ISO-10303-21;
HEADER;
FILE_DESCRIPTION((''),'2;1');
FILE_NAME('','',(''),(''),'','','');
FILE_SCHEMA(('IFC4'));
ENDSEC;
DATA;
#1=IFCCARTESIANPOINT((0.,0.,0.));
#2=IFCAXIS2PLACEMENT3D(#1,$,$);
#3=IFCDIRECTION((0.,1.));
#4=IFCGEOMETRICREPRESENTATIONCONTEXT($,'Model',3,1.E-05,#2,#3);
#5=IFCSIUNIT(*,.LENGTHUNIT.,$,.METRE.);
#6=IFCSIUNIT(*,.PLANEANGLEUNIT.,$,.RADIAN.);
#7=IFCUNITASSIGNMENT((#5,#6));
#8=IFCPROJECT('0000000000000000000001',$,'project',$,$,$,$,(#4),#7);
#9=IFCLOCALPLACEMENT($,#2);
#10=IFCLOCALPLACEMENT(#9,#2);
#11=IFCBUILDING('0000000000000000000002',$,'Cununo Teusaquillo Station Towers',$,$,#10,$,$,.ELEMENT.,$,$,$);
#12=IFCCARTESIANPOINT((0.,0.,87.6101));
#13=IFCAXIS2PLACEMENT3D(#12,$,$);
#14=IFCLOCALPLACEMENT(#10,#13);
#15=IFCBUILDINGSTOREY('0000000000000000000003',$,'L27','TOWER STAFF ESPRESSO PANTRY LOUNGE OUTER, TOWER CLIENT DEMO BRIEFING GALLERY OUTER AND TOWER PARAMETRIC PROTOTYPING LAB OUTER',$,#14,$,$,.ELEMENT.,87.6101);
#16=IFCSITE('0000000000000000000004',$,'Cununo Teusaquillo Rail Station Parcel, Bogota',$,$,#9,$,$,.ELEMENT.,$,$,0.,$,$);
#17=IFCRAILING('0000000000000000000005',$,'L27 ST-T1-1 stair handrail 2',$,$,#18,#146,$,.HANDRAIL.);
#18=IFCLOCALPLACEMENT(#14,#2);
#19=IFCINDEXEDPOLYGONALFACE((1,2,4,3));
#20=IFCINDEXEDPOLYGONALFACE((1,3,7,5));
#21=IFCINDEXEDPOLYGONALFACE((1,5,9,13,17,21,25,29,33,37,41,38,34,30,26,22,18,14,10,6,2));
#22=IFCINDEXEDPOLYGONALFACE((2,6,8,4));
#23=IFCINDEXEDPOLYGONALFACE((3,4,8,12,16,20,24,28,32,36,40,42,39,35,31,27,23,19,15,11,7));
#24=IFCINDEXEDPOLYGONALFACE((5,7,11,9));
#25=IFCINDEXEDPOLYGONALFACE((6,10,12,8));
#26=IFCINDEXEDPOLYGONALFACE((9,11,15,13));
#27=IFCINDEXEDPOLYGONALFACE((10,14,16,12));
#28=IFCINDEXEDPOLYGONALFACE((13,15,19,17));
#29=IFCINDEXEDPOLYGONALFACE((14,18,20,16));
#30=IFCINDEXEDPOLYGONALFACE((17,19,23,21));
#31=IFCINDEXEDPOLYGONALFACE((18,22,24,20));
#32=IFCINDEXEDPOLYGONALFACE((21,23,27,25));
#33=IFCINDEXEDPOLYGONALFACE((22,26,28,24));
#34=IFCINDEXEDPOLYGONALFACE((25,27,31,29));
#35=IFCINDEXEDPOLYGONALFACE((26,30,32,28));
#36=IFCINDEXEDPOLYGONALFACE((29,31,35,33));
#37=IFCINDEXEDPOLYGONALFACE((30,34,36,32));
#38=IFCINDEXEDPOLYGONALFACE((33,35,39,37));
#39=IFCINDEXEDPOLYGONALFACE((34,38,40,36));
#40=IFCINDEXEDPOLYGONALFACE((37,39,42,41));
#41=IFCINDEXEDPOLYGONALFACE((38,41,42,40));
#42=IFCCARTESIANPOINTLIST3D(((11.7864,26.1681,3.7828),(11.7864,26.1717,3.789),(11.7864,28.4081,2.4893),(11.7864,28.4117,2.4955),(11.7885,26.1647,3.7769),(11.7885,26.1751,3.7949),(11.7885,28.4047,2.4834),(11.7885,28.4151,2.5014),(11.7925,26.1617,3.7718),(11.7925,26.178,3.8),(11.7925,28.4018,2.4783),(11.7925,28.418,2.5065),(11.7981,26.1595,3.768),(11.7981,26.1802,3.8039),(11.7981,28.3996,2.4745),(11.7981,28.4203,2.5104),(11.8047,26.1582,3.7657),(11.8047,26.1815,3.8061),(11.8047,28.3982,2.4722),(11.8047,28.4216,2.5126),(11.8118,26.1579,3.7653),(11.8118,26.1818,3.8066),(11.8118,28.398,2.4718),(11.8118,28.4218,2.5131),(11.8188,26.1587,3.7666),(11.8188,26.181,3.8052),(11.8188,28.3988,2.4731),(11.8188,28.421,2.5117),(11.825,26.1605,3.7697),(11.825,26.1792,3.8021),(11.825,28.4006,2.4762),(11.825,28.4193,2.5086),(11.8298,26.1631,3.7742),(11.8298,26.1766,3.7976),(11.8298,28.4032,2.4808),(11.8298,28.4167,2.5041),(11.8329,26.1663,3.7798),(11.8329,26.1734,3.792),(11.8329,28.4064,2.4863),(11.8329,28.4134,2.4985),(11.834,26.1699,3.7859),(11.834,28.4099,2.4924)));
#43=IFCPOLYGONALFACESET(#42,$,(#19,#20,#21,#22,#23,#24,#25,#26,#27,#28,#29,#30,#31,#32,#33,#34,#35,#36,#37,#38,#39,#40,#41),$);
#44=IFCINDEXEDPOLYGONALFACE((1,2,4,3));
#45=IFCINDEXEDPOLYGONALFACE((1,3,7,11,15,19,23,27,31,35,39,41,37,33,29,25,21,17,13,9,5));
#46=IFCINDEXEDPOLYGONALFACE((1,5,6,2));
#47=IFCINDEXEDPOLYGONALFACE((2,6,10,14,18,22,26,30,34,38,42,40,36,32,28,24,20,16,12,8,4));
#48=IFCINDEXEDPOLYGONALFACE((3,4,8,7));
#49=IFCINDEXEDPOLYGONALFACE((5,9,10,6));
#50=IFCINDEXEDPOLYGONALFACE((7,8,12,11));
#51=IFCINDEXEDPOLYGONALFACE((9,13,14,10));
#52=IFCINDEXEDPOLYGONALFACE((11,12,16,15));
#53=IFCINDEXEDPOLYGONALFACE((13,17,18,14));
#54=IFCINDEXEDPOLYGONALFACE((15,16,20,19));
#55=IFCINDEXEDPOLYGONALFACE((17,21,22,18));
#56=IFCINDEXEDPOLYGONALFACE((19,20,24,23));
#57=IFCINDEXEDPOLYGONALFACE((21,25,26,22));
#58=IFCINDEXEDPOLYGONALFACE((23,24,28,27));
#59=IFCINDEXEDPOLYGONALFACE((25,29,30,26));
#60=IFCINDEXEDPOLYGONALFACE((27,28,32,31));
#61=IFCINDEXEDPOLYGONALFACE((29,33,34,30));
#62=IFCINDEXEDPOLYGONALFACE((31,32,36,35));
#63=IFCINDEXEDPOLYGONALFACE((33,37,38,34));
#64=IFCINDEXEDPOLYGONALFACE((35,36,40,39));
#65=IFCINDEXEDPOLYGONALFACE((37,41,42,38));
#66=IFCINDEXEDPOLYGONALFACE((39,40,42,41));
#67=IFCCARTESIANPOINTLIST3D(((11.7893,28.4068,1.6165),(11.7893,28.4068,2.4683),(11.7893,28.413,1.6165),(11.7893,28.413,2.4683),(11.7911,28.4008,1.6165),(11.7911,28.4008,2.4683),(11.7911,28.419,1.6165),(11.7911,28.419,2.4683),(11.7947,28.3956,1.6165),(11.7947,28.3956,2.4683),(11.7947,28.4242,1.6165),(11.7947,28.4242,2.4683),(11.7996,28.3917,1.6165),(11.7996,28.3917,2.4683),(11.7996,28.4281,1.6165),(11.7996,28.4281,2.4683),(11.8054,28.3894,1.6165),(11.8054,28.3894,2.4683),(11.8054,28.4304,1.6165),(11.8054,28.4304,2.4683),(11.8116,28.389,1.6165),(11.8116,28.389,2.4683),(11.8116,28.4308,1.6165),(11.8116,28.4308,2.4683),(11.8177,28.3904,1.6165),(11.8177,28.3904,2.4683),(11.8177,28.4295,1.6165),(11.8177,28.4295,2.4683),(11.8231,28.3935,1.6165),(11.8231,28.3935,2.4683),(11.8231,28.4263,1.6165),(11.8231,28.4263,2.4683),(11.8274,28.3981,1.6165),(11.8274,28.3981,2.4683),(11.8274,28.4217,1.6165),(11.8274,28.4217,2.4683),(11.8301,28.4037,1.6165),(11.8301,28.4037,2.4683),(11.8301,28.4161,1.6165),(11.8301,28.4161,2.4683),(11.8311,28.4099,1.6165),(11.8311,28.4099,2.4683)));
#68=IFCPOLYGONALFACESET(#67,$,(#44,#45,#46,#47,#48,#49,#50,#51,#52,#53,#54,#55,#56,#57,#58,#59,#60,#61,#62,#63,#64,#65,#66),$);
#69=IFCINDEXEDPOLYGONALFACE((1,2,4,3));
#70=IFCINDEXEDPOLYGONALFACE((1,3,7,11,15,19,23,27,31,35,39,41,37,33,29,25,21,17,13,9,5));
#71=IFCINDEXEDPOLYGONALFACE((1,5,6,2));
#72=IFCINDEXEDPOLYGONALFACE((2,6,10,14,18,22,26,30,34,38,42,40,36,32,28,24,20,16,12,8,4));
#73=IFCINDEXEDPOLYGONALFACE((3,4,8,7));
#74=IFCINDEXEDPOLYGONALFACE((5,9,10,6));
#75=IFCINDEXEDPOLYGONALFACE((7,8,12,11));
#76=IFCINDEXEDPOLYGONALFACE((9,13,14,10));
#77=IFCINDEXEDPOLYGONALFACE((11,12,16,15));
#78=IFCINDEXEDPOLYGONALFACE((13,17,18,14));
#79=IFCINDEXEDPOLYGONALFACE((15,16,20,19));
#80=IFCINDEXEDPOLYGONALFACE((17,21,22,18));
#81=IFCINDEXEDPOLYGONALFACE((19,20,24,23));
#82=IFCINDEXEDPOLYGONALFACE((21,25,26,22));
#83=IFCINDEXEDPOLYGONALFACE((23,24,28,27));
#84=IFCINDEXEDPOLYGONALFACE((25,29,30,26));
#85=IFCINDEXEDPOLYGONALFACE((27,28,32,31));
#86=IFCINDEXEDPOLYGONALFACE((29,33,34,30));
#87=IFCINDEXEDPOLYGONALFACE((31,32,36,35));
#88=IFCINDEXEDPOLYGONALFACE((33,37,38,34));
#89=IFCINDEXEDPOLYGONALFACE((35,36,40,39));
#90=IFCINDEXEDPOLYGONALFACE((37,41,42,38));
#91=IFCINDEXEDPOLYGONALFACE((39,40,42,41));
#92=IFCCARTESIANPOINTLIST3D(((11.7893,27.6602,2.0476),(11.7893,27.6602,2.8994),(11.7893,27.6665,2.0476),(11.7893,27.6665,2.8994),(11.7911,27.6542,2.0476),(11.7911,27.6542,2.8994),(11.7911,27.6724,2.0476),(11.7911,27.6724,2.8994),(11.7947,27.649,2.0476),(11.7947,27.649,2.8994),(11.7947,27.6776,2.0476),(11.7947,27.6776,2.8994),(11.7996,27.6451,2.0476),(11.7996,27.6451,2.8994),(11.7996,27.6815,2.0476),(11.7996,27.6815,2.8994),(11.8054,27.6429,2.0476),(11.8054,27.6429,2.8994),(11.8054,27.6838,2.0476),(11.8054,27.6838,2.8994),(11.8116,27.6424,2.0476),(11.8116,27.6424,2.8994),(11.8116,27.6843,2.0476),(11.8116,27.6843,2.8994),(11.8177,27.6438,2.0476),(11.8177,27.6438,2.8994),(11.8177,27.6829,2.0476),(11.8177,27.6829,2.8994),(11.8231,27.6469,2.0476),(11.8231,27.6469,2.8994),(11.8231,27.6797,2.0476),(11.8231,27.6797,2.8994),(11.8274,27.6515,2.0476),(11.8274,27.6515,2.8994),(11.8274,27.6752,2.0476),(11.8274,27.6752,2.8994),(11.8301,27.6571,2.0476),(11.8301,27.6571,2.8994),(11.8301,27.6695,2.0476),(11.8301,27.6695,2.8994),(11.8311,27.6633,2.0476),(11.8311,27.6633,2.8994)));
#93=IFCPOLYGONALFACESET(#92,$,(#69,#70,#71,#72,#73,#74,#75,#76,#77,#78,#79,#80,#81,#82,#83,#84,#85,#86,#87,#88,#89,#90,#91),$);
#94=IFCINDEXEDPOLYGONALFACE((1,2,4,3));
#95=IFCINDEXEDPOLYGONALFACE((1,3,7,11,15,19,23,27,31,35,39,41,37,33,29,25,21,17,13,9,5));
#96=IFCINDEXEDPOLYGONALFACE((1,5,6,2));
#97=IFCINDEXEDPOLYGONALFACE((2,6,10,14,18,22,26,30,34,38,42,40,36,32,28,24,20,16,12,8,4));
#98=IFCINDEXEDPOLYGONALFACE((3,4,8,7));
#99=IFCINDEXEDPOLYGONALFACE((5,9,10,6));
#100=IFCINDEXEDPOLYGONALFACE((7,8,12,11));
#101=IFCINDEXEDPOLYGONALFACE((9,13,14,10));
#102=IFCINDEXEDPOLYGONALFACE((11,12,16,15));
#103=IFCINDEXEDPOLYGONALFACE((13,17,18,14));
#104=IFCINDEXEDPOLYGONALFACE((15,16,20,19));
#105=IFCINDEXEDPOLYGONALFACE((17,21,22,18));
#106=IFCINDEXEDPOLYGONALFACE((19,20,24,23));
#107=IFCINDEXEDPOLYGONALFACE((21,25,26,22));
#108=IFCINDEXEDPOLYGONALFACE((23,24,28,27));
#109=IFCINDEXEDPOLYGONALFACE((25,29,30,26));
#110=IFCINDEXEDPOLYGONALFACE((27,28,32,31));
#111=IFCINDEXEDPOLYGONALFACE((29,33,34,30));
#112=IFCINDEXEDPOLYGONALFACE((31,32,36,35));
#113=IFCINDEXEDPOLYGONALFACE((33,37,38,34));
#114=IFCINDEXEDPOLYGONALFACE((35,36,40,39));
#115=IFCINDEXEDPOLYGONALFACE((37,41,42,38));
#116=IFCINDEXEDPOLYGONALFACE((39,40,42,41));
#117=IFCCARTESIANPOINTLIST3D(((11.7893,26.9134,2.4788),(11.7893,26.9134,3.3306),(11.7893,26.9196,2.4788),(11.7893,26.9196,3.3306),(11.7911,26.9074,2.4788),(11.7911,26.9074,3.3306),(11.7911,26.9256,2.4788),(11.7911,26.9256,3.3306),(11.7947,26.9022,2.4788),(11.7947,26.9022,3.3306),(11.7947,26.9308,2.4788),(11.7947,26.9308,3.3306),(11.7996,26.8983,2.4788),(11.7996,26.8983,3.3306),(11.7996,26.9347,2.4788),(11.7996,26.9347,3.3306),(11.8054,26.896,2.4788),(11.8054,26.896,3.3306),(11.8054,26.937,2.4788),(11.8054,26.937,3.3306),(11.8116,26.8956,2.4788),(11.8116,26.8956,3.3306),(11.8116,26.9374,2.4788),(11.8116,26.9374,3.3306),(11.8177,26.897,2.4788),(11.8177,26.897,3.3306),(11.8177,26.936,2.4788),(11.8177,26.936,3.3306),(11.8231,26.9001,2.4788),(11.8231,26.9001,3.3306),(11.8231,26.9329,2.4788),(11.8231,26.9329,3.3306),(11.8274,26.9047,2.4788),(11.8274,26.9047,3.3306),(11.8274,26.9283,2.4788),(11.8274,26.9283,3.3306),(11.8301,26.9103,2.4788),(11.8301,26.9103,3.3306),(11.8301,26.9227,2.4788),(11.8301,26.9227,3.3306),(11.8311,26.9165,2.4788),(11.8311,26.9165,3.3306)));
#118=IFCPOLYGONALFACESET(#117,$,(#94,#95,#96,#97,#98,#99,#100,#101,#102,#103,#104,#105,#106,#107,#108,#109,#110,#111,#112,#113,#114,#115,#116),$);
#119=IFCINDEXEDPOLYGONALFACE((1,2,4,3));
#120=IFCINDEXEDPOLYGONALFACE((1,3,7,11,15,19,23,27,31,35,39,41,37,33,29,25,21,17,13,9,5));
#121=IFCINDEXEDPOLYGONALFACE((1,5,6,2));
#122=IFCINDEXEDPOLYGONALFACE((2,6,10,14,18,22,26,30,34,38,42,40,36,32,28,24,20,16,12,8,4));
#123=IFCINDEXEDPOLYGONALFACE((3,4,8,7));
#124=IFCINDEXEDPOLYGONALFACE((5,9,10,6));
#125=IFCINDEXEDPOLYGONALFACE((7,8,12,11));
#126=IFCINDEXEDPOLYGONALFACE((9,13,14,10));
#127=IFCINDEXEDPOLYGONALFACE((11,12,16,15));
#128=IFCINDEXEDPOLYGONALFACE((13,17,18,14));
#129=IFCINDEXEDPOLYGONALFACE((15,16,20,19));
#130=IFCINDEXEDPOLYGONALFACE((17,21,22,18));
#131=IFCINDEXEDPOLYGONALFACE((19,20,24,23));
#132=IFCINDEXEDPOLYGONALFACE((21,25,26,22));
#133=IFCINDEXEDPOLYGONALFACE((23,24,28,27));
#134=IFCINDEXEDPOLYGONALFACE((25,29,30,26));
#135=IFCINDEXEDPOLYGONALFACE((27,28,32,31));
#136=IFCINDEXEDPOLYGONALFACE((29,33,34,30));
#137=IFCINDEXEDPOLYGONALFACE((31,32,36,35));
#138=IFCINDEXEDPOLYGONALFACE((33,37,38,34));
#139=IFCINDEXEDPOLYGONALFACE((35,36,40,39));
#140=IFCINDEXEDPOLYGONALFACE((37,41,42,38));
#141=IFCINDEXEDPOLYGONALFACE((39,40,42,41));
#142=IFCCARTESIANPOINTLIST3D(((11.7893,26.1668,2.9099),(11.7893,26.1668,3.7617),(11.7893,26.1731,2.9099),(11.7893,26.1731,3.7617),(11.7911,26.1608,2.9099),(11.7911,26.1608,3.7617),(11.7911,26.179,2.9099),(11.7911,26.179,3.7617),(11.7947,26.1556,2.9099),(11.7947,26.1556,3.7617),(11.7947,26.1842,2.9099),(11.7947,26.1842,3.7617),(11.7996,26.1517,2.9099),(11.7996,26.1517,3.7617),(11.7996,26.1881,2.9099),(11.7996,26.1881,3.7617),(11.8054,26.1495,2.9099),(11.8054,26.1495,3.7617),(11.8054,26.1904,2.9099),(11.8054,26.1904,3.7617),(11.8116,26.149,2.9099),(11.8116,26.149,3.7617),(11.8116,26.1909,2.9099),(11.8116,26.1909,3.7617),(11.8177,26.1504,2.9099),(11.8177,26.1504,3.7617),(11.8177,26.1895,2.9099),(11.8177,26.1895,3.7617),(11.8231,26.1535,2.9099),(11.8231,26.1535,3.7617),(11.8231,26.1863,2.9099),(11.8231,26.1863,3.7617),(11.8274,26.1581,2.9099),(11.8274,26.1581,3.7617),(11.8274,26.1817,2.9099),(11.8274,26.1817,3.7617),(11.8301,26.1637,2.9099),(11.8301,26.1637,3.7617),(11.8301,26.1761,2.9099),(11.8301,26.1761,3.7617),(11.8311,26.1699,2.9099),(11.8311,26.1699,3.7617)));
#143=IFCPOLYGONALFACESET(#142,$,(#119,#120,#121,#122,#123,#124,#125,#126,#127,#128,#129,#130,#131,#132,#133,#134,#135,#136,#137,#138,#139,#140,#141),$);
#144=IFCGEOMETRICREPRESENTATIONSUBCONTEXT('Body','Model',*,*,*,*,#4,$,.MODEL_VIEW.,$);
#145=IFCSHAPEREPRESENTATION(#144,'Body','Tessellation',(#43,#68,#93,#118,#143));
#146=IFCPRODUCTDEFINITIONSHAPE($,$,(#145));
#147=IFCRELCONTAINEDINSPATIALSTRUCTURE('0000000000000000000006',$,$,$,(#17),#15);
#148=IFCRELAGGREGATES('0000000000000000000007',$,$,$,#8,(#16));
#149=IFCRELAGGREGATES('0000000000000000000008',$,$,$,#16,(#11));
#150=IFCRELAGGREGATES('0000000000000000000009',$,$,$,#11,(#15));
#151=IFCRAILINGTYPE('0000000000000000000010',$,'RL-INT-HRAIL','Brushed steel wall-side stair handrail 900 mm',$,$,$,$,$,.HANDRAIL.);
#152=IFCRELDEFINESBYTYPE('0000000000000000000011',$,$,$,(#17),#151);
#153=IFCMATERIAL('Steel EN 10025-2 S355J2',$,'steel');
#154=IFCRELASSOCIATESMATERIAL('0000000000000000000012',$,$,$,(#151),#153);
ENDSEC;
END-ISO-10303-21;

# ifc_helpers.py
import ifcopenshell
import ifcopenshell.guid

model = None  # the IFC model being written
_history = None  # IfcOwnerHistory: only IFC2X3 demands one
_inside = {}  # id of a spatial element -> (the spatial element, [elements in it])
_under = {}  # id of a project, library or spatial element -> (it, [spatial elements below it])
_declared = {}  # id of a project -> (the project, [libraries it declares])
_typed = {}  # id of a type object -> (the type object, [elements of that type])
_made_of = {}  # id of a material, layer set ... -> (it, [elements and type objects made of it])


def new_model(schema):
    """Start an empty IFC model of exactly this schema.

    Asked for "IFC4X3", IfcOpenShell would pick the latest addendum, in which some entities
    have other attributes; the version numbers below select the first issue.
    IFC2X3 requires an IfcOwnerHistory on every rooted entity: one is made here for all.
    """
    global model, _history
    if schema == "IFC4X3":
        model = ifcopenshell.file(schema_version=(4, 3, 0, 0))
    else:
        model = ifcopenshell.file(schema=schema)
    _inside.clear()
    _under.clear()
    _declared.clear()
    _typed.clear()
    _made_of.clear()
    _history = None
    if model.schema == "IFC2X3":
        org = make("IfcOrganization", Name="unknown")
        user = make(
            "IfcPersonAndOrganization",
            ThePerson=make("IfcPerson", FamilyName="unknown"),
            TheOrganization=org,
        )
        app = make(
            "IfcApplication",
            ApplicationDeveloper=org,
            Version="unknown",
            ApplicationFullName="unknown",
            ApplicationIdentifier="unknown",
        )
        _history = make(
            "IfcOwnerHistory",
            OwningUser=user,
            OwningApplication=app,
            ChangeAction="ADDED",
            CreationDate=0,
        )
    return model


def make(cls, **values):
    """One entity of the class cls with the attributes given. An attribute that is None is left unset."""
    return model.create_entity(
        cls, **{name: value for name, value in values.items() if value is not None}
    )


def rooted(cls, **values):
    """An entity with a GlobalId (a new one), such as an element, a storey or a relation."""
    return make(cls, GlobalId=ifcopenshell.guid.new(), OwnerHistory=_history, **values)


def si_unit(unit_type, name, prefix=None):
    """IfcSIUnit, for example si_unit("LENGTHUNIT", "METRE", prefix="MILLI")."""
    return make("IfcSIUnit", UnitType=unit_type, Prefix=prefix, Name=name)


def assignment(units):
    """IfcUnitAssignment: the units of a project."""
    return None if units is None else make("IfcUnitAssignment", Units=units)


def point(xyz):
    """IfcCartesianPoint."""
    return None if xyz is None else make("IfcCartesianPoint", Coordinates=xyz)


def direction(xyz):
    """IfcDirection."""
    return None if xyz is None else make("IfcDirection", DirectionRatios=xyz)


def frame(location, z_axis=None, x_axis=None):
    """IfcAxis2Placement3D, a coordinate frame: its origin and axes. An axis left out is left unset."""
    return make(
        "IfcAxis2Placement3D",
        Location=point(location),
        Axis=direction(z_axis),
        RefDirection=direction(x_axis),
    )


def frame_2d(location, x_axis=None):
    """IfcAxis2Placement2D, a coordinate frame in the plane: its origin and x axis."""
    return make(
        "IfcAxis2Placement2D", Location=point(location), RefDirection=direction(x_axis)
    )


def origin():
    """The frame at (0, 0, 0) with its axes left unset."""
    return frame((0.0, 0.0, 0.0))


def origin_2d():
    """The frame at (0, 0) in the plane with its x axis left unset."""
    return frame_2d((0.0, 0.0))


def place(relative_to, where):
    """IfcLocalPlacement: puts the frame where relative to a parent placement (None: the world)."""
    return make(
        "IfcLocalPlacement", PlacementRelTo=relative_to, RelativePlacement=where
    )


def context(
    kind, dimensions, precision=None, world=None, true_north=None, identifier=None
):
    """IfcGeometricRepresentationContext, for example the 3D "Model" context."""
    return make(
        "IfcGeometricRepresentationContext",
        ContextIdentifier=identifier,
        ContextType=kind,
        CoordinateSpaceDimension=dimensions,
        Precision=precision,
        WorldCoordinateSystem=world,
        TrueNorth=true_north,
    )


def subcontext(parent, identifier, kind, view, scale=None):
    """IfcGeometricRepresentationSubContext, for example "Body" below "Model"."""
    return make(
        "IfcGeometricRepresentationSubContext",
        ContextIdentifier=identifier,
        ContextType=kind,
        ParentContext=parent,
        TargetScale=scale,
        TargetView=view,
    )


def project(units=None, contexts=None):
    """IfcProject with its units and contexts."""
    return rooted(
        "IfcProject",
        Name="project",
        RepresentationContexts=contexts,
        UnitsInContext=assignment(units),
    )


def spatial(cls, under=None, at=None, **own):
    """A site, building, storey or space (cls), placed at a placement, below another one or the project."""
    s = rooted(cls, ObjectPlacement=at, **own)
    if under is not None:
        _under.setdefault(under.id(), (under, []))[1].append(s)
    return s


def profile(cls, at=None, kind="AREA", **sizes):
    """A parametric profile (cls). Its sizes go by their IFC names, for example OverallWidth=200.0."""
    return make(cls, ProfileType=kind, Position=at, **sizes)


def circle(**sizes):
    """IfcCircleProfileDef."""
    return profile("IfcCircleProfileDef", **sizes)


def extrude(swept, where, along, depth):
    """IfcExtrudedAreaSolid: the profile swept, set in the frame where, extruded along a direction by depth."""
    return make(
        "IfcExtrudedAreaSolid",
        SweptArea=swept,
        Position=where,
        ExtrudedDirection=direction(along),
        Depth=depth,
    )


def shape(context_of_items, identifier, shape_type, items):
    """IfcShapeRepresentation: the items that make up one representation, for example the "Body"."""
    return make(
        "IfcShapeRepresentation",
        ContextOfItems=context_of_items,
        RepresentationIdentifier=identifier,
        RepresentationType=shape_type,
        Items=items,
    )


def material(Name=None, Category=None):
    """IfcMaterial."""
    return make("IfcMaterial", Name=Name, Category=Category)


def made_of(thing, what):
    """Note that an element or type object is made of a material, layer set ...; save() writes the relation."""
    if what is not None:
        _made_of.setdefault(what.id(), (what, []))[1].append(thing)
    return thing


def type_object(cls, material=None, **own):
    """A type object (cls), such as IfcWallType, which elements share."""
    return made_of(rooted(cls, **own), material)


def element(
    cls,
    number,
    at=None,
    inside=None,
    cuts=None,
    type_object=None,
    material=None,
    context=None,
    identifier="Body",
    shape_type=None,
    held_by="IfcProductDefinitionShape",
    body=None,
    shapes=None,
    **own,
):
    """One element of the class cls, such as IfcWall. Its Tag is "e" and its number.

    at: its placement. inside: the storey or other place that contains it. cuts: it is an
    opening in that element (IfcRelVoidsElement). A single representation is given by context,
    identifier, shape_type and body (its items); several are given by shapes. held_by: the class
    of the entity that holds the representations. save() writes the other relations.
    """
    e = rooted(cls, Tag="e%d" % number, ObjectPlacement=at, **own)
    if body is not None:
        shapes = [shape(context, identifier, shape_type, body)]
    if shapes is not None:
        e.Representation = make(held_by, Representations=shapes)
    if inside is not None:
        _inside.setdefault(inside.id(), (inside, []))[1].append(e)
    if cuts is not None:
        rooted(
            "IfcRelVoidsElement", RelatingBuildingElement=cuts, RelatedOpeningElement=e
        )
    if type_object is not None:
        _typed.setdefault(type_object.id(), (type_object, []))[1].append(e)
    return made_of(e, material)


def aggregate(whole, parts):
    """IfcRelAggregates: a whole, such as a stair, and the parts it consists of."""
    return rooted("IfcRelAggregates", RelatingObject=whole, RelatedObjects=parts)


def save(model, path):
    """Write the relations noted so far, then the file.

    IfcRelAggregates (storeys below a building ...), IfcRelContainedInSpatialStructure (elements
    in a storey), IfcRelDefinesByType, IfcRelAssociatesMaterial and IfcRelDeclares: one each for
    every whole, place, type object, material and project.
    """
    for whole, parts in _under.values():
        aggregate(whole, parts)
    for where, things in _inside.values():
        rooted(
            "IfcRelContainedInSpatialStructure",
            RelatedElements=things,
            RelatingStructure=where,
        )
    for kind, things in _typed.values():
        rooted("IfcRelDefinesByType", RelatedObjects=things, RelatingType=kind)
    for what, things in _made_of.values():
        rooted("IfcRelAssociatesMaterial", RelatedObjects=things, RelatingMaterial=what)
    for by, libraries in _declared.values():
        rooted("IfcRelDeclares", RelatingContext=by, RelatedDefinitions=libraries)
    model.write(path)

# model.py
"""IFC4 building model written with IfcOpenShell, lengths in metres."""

from ifc_helpers import new_model, si_unit, direction, frame, origin, origin_2d, place, context, subcontext, project, spatial, circle, extrude, material, type_object, element, save


model = new_model("IFC4")

# Units and contexts
model_context = context("Model", 3, precision=1e-05, world=origin(), true_north=direction((0.0, 1.0)))
body_context = subcontext(model_context, "Body", "Model", "MODEL_VIEW")
ifc_project = project(units=[si_unit("LENGTHUNIT", "METRE"), si_unit("PLANEANGLEUNIT", "RADIAN")], contexts=[model_context])

# Site, building, storey
site_placement = place(None, origin())
site = spatial("IfcSite", under=ifc_project, at=site_placement, Name="Cununo Teusaquillo Rail Station Parcel, Bogota", CompositionType="ELEMENT", RefElevation=0.0)
building_placement = place(site_placement, origin())
building = spatial("IfcBuilding", under=site, at=building_placement, Name="Cununo Teusaquillo Station Towers", CompositionType="ELEMENT")
storey_placement = place(building_placement, frame((0.0, 0.0, 87.6101)))
storey = spatial("IfcBuildingStorey", under=building, at=storey_placement, Name="L27", Description="TOWER STAFF ESPRESSO PANTRY LOUNGE OUTER, TOWER CLIENT DEMO BRIEFING GALLERY OUTER AND TOWER PARAMETRIC PROTOTYPING LAB OUTER", CompositionType="ELEMENT", Elevation=87.6101)

# Railing
ifc_material_1 = material(Name="Steel EN 10025-2 S355J2", Category="steel")
railing_type_1 = type_object("IfcRailingType", Name="RL-INT-HRAIL", Description="Brushed steel wall-side stair handrail 900 mm", PredefinedType="HANDRAIL", material=ifc_material_1)
railing_1_placement = place(storey_placement, frame((11.8101, 28.4099, 1.6165)))
element("IfcRailing", 1, at=railing_1_placement, inside=storey, type_object=railing_type_1, Name="L27 ST-T1-1 stair handrail 2", PredefinedType="HANDRAIL", context=body_context, shape_type="SweptSolid", body=[
    extrude(circle(Radius=0.0239, at=origin_2d()), frame((0.0, 0.0, 0.876), z_axis=(0.0, -0.865992, 0.500057), x_axis=(1.0, 0.0, 0.0)), (0.0, 0.0, 1.0), 2.5867),
    extrude(circle(Radius=0.021, at=origin_2d()), origin(), (0.0, 0.0, 1.0), 0.8518),
    extrude(circle(Radius=0.021, at=origin_2d()), frame((0.0, -0.7466, 0.4312)), (0.0, 0.0, 1.0), 0.8518),
    extrude(circle(Radius=0.021, at=origin_2d()), frame((0.0, -1.4934, 0.8623)), (0.0, 0.0, 1.0), 0.8518),
    extrude(circle(Radius=0.021, at=origin_2d()), frame((0.0, -2.24, 1.2935)), (0.0, 0.0, 1.0), 0.8518),
])

save(model, "model.ifc")
